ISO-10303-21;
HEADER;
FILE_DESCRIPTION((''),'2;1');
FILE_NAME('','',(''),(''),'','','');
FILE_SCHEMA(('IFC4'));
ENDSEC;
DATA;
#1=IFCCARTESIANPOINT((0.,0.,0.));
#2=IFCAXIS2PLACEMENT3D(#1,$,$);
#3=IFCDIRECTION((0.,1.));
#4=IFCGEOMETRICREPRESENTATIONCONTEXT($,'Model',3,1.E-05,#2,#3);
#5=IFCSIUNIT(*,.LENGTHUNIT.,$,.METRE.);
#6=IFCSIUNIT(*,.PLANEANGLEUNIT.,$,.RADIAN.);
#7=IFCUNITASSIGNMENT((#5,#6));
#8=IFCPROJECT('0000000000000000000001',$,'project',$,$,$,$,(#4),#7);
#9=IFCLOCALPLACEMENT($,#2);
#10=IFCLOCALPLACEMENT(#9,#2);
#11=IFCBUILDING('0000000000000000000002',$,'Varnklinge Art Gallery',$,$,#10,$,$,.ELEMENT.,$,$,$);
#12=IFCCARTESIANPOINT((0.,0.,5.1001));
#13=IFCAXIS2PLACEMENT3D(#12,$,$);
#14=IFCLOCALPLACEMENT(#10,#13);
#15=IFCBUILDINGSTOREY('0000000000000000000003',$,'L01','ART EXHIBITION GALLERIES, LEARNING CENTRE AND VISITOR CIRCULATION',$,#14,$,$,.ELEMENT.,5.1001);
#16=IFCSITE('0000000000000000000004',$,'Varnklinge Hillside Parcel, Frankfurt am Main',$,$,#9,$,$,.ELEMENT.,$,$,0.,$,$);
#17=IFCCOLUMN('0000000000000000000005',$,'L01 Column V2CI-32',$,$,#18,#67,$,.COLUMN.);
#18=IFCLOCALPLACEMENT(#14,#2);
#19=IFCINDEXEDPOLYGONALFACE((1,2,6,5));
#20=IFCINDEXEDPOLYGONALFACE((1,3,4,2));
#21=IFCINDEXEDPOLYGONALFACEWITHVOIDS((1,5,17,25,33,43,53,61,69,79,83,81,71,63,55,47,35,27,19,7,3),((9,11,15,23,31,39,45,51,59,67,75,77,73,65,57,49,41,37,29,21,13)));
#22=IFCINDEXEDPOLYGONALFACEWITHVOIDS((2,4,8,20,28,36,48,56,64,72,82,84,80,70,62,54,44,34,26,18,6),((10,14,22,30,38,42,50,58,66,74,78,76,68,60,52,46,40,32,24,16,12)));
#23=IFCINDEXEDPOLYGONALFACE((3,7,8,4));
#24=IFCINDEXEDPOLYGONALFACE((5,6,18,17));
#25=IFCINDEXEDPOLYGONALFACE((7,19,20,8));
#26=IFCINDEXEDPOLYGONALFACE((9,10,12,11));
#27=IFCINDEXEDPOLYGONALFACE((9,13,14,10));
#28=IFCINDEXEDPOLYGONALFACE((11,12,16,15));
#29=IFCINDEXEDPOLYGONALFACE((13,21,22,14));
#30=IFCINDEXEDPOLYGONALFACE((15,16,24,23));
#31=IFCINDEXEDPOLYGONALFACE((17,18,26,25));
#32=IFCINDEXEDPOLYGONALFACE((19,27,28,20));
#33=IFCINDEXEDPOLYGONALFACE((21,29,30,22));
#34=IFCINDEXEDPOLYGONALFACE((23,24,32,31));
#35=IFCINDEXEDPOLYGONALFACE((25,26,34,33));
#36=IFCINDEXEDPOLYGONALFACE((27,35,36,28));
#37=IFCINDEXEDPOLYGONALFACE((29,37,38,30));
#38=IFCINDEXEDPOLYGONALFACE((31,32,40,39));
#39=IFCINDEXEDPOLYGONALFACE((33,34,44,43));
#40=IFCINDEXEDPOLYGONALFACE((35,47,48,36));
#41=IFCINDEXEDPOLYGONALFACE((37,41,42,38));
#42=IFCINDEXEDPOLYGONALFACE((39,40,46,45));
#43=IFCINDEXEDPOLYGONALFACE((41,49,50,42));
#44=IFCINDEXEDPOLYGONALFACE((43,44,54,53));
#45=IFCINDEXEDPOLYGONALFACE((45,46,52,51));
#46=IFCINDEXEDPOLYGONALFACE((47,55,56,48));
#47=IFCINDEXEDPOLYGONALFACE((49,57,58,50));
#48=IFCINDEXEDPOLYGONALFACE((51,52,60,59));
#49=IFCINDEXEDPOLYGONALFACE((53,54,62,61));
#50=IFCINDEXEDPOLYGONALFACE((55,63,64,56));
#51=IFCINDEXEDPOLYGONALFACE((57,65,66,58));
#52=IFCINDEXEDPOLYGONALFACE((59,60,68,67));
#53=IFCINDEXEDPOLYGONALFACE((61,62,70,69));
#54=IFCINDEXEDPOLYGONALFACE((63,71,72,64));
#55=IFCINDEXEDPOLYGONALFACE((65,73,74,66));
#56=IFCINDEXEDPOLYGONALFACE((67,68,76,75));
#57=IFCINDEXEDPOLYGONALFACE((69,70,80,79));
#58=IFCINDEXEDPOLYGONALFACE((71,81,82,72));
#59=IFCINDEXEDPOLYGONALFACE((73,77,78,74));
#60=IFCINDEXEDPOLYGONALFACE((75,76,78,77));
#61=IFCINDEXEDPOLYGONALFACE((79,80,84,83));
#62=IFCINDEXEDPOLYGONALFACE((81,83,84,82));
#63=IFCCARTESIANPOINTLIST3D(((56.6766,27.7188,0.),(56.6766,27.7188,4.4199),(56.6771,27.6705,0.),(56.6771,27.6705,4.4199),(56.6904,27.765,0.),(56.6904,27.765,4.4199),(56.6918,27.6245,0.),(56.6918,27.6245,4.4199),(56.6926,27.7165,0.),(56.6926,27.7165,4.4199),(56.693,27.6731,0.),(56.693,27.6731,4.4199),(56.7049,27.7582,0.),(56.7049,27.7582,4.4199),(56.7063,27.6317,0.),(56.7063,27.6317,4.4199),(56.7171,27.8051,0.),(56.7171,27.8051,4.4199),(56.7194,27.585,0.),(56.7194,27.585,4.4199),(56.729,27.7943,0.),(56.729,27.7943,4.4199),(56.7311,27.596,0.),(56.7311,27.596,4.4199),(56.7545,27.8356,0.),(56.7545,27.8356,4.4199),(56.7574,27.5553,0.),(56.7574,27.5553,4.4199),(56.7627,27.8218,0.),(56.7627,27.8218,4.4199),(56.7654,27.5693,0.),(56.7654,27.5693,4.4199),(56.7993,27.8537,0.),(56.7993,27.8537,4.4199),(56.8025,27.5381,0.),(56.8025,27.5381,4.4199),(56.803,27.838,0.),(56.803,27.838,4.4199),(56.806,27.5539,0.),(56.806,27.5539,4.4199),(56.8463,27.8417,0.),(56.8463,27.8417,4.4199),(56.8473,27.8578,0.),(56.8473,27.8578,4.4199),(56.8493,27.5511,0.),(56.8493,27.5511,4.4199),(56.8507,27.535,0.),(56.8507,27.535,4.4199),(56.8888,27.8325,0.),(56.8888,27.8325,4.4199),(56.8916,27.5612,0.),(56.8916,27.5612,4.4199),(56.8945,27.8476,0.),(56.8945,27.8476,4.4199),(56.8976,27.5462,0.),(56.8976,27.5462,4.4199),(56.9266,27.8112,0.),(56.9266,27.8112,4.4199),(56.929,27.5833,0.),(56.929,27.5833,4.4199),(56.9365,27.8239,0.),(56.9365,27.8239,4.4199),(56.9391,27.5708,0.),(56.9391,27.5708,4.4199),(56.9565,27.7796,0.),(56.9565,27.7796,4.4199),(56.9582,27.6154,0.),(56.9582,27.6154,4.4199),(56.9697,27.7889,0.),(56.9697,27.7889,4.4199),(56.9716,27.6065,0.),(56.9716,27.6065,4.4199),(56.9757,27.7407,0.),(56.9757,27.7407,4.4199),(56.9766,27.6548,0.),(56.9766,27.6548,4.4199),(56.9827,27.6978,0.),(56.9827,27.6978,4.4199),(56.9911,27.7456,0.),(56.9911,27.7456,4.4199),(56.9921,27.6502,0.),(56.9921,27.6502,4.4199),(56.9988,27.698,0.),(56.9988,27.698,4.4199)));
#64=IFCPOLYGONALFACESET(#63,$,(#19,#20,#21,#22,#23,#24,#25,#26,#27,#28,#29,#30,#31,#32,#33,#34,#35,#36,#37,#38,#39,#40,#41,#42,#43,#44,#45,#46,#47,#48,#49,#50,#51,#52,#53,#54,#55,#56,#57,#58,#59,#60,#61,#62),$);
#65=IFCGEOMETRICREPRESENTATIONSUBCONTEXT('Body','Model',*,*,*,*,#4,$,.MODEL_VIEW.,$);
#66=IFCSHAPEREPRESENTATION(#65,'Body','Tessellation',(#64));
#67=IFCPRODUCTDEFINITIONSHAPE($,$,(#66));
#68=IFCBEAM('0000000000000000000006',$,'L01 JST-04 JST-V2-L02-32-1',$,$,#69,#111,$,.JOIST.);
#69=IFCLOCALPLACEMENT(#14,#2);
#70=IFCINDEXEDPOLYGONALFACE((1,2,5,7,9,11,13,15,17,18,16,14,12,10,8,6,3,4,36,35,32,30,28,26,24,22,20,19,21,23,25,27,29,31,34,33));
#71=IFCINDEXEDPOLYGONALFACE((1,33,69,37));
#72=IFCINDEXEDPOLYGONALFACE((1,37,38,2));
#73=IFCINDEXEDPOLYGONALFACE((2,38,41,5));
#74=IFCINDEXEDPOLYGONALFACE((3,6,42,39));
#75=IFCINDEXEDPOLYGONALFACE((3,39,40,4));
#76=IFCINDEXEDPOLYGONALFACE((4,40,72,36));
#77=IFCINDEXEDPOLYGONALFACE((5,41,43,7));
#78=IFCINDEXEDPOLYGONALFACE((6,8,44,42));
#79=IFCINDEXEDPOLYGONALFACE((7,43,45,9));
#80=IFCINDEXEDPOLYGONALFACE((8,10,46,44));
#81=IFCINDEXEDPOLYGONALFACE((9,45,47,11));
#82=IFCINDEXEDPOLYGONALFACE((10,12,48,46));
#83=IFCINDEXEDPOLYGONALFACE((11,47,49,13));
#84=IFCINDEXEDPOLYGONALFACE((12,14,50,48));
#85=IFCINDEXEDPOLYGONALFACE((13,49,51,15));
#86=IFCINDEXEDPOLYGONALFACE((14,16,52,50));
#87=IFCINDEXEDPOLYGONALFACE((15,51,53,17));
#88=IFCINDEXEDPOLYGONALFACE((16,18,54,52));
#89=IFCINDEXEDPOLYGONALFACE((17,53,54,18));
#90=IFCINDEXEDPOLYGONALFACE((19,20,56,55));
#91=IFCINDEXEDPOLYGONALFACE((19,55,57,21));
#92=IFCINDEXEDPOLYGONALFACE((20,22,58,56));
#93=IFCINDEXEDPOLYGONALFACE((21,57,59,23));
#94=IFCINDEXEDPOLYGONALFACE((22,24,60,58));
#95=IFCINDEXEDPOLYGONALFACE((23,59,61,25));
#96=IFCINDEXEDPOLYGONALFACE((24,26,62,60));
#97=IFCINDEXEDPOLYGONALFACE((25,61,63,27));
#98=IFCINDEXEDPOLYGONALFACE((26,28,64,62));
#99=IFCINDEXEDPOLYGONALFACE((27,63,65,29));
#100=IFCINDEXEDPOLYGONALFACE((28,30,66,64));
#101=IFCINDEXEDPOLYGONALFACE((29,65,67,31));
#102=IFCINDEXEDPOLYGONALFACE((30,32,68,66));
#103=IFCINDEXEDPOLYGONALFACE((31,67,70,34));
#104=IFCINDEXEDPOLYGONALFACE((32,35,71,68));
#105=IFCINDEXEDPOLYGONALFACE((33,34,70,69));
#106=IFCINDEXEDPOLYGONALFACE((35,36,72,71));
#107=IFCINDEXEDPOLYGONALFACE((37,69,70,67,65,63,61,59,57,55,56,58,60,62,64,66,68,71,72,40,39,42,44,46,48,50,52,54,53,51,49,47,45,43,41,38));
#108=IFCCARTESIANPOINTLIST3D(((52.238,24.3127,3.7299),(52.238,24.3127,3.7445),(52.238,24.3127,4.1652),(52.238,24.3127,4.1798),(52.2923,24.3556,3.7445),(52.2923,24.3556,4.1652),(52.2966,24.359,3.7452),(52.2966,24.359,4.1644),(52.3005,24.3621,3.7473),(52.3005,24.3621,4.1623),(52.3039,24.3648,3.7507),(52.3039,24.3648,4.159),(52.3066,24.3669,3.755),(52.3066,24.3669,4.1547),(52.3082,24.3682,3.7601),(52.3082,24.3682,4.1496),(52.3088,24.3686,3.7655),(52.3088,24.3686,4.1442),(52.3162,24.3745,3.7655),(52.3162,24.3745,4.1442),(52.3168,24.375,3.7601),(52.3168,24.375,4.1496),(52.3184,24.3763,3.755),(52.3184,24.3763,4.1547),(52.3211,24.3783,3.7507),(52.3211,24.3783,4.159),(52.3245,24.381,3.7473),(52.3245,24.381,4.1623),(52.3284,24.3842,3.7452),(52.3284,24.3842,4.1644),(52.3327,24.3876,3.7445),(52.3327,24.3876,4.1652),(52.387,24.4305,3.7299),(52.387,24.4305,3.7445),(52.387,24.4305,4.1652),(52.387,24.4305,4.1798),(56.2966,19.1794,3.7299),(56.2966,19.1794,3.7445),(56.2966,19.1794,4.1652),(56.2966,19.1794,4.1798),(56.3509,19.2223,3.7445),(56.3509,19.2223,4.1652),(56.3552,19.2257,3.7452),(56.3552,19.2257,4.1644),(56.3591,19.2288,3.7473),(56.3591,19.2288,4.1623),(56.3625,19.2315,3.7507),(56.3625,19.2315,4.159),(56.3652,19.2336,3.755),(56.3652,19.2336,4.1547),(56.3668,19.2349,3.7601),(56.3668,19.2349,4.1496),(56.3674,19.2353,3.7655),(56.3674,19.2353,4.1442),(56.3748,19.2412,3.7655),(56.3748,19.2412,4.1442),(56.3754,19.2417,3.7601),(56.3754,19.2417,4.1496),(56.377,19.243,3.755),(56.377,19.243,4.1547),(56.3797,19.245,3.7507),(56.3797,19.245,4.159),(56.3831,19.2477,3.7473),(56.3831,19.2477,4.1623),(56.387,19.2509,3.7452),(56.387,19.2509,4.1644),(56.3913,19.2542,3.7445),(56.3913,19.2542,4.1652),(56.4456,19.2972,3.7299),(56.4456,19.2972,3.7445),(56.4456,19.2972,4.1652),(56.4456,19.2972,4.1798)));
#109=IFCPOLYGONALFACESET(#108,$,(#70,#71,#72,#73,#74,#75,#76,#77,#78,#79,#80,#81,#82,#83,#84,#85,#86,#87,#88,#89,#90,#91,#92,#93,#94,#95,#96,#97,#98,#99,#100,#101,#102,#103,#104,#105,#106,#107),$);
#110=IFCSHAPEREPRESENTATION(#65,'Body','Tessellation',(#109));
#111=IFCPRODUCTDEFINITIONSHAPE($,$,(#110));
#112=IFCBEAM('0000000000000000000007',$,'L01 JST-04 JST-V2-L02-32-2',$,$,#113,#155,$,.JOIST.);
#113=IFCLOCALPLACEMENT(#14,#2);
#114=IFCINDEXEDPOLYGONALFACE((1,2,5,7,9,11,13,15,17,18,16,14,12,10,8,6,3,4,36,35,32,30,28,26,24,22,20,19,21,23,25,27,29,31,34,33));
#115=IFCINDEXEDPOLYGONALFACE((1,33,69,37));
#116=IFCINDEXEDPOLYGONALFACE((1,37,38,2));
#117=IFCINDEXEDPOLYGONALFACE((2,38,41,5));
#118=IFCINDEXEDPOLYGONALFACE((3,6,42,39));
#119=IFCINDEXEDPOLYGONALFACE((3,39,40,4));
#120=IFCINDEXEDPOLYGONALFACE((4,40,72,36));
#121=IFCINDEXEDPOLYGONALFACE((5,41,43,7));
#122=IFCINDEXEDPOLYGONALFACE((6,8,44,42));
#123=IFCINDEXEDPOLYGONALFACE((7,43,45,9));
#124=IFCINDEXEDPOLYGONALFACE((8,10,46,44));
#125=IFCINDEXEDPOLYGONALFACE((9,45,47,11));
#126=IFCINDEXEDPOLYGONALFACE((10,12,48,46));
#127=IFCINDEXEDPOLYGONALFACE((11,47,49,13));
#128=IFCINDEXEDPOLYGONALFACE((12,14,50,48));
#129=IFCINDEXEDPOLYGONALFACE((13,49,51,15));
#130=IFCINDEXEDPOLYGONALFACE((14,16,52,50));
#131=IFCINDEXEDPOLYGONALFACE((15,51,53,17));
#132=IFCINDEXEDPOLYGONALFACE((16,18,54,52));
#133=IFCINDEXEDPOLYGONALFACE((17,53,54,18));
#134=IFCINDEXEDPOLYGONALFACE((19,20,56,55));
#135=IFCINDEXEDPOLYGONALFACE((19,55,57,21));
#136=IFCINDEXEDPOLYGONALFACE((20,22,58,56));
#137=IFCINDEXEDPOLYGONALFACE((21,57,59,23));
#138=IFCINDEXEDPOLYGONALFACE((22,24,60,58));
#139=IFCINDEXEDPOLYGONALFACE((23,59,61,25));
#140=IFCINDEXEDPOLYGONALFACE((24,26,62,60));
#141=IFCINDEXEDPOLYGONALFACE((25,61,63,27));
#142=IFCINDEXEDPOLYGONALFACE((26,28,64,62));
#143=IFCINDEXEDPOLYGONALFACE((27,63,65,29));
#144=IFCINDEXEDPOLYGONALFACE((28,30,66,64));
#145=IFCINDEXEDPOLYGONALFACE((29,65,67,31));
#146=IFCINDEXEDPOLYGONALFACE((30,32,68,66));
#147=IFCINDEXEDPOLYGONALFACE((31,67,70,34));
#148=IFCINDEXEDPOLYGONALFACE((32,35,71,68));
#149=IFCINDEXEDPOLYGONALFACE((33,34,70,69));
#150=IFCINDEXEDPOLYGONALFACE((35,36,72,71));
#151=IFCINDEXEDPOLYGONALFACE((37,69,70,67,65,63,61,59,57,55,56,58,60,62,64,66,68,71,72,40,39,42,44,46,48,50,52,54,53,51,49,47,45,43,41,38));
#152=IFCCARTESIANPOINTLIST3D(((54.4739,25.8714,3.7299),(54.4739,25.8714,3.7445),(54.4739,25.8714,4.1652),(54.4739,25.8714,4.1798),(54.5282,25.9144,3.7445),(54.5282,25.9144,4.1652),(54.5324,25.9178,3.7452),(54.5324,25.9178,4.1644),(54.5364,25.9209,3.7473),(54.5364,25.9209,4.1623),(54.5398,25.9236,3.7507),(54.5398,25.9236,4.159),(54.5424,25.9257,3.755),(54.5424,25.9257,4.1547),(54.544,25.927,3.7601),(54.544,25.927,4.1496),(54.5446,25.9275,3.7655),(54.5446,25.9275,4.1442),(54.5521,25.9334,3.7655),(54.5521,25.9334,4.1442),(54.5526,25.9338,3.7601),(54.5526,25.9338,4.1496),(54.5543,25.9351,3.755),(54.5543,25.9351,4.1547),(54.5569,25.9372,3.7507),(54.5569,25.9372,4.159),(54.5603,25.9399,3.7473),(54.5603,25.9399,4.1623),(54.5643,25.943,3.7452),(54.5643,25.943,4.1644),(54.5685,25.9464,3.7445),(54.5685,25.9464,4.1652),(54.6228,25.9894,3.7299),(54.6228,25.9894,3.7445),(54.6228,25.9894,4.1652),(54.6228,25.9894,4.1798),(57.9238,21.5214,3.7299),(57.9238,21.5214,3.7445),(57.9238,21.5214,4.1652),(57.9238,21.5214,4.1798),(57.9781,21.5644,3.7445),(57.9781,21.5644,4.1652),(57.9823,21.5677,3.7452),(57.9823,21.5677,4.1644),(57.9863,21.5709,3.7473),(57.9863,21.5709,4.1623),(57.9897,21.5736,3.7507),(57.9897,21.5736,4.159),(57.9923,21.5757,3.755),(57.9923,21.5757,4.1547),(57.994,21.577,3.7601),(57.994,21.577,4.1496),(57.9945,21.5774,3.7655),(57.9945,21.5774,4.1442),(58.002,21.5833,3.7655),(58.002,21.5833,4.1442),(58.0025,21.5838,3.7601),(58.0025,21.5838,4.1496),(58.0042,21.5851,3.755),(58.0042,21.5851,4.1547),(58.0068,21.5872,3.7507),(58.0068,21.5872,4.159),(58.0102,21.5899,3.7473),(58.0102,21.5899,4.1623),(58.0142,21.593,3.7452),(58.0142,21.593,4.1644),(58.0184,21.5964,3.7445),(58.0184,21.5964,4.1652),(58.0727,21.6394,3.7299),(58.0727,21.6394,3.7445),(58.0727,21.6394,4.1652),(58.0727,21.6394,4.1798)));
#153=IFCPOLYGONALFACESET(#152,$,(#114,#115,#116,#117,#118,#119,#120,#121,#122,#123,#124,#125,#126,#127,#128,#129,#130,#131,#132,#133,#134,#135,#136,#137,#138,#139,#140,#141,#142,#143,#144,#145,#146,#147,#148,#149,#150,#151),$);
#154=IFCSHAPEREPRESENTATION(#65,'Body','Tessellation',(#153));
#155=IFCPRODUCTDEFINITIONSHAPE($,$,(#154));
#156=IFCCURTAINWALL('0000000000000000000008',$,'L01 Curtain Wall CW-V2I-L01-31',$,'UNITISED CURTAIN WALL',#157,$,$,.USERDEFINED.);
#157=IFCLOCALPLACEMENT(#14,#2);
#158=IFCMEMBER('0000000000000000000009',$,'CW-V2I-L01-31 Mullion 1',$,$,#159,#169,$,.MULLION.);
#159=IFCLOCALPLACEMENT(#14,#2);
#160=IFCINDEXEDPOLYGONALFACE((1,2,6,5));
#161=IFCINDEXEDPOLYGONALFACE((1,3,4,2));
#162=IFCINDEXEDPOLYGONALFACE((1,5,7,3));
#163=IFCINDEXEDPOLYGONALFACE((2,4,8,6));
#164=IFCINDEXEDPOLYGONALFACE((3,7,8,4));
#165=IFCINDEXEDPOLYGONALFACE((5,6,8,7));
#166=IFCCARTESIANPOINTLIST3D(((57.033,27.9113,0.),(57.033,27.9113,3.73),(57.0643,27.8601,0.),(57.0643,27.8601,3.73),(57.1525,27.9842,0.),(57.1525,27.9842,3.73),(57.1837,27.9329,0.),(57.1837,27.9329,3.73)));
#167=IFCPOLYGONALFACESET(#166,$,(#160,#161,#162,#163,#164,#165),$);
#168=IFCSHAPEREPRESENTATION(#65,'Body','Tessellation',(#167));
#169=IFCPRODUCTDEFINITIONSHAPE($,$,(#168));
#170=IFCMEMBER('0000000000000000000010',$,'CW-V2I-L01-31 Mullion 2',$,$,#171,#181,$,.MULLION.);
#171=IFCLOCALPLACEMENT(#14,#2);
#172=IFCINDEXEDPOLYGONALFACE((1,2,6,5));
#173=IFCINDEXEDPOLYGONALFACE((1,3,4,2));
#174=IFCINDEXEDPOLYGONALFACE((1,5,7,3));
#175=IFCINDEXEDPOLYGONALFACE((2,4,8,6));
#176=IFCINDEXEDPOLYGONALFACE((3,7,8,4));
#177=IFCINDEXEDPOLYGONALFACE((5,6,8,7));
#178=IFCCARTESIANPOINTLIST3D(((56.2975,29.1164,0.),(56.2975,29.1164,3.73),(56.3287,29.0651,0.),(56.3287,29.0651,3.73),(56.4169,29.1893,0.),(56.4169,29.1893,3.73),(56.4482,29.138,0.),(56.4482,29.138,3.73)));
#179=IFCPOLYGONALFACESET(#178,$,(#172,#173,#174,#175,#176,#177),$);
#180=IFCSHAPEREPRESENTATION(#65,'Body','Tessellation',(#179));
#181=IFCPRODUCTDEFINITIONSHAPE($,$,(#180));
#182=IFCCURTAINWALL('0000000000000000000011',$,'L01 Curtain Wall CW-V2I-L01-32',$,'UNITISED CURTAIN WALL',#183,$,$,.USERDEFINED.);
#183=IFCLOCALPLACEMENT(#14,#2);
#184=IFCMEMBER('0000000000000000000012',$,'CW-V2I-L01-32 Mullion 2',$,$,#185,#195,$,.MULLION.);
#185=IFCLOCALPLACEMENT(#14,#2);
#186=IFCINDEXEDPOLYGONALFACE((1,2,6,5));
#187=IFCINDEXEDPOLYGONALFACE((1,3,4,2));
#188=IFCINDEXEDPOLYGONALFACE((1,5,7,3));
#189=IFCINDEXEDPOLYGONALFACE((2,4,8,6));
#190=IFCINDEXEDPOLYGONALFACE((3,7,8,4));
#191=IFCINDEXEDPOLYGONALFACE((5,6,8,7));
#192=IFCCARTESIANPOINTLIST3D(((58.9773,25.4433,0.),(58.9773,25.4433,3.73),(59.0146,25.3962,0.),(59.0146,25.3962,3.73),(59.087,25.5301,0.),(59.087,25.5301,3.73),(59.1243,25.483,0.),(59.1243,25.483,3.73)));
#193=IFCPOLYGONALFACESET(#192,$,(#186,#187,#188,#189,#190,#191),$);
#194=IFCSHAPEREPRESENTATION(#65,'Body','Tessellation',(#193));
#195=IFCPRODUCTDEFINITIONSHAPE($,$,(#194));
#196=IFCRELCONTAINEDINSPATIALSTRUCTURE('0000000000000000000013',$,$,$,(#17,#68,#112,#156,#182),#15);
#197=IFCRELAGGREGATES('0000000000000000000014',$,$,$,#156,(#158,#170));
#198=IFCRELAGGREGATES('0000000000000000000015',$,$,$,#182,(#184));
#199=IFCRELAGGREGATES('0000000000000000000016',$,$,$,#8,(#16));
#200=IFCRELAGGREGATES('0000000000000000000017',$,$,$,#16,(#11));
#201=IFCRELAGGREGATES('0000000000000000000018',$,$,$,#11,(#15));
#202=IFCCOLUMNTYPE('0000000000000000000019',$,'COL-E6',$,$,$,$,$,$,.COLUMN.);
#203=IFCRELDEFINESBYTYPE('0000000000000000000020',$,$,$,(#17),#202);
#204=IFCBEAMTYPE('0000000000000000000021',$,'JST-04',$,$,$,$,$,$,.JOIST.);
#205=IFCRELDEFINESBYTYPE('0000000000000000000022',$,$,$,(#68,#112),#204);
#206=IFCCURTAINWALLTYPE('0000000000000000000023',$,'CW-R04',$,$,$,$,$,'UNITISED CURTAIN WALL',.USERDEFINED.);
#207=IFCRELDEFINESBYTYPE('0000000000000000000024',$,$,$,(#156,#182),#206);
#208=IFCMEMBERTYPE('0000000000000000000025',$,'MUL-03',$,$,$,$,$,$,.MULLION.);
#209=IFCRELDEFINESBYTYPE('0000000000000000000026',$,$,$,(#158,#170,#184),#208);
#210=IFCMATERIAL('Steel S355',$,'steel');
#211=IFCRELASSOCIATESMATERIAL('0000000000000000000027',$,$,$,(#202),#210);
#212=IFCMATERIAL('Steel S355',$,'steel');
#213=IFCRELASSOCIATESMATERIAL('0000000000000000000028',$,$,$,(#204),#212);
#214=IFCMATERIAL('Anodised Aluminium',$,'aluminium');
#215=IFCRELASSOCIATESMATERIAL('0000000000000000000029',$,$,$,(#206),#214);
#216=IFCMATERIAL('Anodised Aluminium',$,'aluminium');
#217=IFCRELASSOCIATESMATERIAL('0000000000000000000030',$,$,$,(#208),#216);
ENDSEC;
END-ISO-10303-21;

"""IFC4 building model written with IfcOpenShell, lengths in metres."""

from ifc_helpers import new_model, si_unit, direction, frame, origin, origin_2d, place, context, subcontext, project, spatial, rectangle, hollow_circle, i_section, extrude, material, material_profile, profile_set, type_object, element, aggregate, save


model = new_model("IFC4")

# Units and contexts
model_context = context("Model", 3, precision=1e-05, world=origin(), true_north=direction((0.0, 1.0)))
body_context = subcontext(model_context, "Body", "Model", "MODEL_VIEW")
ifc_project = project(units=[si_unit("LENGTHUNIT", "METRE"), si_unit("PLANEANGLEUNIT", "RADIAN")], contexts=[model_context])

# Site, building, storey
site_placement = place(None, origin())
site = spatial("IfcSite", under=ifc_project, at=site_placement, Name="Varnklinge Hillside Parcel, Frankfurt am Main", CompositionType="ELEMENT", RefElevation=0.0)
building_placement = place(site_placement, origin())
building = spatial("IfcBuilding", under=site, at=building_placement, Name="Varnklinge Art Gallery", CompositionType="ELEMENT")
storey_placement = place(building_placement, frame((0.0, 0.0, 5.1001)))
storey = spatial("IfcBuildingStorey", under=building, at=storey_placement, Name="L01", Description="ART EXHIBITION GALLERIES, LEARNING CENTRE AND VISITOR CIRCULATION", CompositionType="ELEMENT", Elevation=5.1001)

# Column
ifc_material_1 = material(Name="Steel S355", Category="steel")
ifc_material_profile_1 = material_profile(ifc_material_1, hollow_circle(Radius=0.1619, WallThickness=0.0161, at=origin_2d()), Name="CHS 323.9x16")
ifc_profile_set_1 = profile_set([ifc_material_profile_1], Name="Steel S355")
column_type = type_object("IfcColumnType", Name="COL-E6", PredefinedType="COLUMN", material=ifc_profile_set_1)
column_placement = place(storey_placement, frame((56.8369, 27.6963, 0.0), z_axis=(0.0, 0.0, 1.0), x_axis=(0.820352, 0.57186, 0.0)))
element("IfcColumn", 1, at=column_placement, inside=storey, type_object=column_type, Name="L01 Column V2CI-32", PredefinedType="COLUMN", context=body_context, shape_type="SweptSolid", body=[
    extrude(hollow_circle(Radius=0.1619, WallThickness=0.0161, at=origin_2d()), origin(), (0.0, 0.0, 1.0), 4.4199),
])

# Beams
ifc_material_2 = material(Name="Steel S355", Category="steel")
ifc_material_profile_2 = material_profile(ifc_material_2, i_section(OverallWidth=0.1899, OverallDepth=0.45, WebThickness=0.0095, FlangeThickness=0.0146, FilletRadius=0.021, at=origin_2d()), Name="IPE 450")
ifc_profile_set_2 = profile_set([ifc_material_profile_2], Name="Steel S355")
beam_type_1 = type_object("IfcBeamType", Name="JST-04", PredefinedType="JOIST", material=ifc_profile_set_2)
beam_1_placement = place(storey_placement, frame((52.3125, 24.3716, 3.9548), z_axis=(0.620208, -0.784438, 0.0), x_axis=(0.784438, 0.620208, 0.0)))
element("IfcBeam", 2, at=beam_1_placement, inside=storey, type_object=beam_type_1, Name="L01 JST-04 JST-V2-L02-32-1", PredefinedType="JOIST", context=body_context, shape_type="SweptSolid", body=[
    extrude(i_section(OverallWidth=0.1899, OverallDepth=0.45, WebThickness=0.0095, FlangeThickness=0.0146, FilletRadius=0.021, at=origin_2d()), origin(), (0.0, 0.0, 1.0), 6.5439),
])
beam_2_placement = place(storey_placement, frame((54.5483, 25.9304, 3.9548), z_axis=(0.621381, -0.783509, 0.0), x_axis=(0.783509, 0.621381, 0.0)))
element("IfcBeam", 3, at=beam_2_placement, inside=storey, type_object=beam_type_1, Name="L01 JST-04 JST-V2-L02-32-2", PredefinedType="JOIST", context=body_context, shape_type="SweptSolid", body=[
    extrude(i_section(OverallWidth=0.1899, OverallDepth=0.45, WebThickness=0.0095, FlangeThickness=0.0146, FilletRadius=0.021, at=origin_2d()), origin(), (0.0, 0.0, 1.0), 5.552),
])

# Curtain walls, members
ifc_material_3 = material(Name="Anodised Aluminium", Category="aluminium")
curtain_wall_type = type_object("IfcCurtainWallType", Name="CW-R04", ElementType="UNITISED CURTAIN WALL", PredefinedType="USERDEFINED", material=ifc_material_3)
curtain_wall_1_placement = place(storey_placement, origin())
curtain_wall_1 = element("IfcCurtainWall", 4, at=curtain_wall_1_placement, inside=storey, type_object=curtain_wall_type, Name="L01 Curtain Wall CW-V2I-L01-31", ObjectType="UNITISED CURTAIN WALL", PredefinedType="USERDEFINED")
ifc_material_4 = material(Name="Anodised Aluminium", Category="aluminium")
ifc_material_profile_3 = material_profile(ifc_material_4, rectangle(XDim=0.0601, YDim=0.1399, at=origin_2d()), Name="ALU 60x140")
ifc_profile_set_3 = profile_set([ifc_material_profile_3], Name="Anodised Aluminium")
member_type_1 = type_object("IfcMemberType", Name="MUL-03", PredefinedType="MULLION", material=ifc_profile_set_3)
member_1_placement = place(storey_placement, frame((57.1084, 27.9221, 0.0), z_axis=(0.0, 0.0, 1.0), x_axis=(-0.520861, 0.853642, 0.0)))
member_1 = element("IfcMember", 5, at=member_1_placement, type_object=member_type_1, Name="CW-V2I-L01-31 Mullion 1", PredefinedType="MULLION", context=body_context, shape_type="SweptSolid", body=[
    extrude(rectangle(XDim=0.0601, YDim=0.1399, at=origin_2d()), origin(), (0.0, 0.0, 1.0), 3.73),
])
member_2_placement = place(storey_placement, frame((56.3728, 29.1272, 0.0), z_axis=(0.0, 0.0, 1.0), x_axis=(-0.520861, 0.853642, 0.0)))
member_2 = element("IfcMember", 6, at=member_2_placement, type_object=member_type_1, Name="CW-V2I-L01-31 Mullion 2", PredefinedType="MULLION", context=body_context, shape_type="SweptSolid", body=[
    extrude(rectangle(XDim=0.0601, YDim=0.1399, at=origin_2d()), origin(), (0.0, 0.0, 1.0), 3.73),
])
curtain_wall_2_placement = place(storey_placement, origin())
curtain_wall_2 = element("IfcCurtainWall", 7, at=curtain_wall_2_placement, inside=storey, type_object=curtain_wall_type, Name="L01 Curtain Wall CW-V2I-L01-32", ObjectType="UNITISED CURTAIN WALL", PredefinedType="USERDEFINED")
member_3_placement = place(storey_placement, frame((59.0508, 25.4631, 0.0), z_axis=(0.0, 0.0, 1.0), x_axis=(-0.620737, 0.784019, 0.0)))
member_3 = element("IfcMember", 8, at=member_3_placement, type_object=member_type_1, Name="CW-V2I-L01-32 Mullion 2", PredefinedType="MULLION", context=body_context, shape_type="SweptSolid", body=[
    extrude(rectangle(XDim=0.0601, YDim=0.1399, at=origin_2d()), origin(), (0.0, 0.0, 1.0), 3.73),
])

aggregate(curtain_wall_1, [member_1, member_2])
aggregate(curtain_wall_2, [member_3])

save(model, "model.ifc")
